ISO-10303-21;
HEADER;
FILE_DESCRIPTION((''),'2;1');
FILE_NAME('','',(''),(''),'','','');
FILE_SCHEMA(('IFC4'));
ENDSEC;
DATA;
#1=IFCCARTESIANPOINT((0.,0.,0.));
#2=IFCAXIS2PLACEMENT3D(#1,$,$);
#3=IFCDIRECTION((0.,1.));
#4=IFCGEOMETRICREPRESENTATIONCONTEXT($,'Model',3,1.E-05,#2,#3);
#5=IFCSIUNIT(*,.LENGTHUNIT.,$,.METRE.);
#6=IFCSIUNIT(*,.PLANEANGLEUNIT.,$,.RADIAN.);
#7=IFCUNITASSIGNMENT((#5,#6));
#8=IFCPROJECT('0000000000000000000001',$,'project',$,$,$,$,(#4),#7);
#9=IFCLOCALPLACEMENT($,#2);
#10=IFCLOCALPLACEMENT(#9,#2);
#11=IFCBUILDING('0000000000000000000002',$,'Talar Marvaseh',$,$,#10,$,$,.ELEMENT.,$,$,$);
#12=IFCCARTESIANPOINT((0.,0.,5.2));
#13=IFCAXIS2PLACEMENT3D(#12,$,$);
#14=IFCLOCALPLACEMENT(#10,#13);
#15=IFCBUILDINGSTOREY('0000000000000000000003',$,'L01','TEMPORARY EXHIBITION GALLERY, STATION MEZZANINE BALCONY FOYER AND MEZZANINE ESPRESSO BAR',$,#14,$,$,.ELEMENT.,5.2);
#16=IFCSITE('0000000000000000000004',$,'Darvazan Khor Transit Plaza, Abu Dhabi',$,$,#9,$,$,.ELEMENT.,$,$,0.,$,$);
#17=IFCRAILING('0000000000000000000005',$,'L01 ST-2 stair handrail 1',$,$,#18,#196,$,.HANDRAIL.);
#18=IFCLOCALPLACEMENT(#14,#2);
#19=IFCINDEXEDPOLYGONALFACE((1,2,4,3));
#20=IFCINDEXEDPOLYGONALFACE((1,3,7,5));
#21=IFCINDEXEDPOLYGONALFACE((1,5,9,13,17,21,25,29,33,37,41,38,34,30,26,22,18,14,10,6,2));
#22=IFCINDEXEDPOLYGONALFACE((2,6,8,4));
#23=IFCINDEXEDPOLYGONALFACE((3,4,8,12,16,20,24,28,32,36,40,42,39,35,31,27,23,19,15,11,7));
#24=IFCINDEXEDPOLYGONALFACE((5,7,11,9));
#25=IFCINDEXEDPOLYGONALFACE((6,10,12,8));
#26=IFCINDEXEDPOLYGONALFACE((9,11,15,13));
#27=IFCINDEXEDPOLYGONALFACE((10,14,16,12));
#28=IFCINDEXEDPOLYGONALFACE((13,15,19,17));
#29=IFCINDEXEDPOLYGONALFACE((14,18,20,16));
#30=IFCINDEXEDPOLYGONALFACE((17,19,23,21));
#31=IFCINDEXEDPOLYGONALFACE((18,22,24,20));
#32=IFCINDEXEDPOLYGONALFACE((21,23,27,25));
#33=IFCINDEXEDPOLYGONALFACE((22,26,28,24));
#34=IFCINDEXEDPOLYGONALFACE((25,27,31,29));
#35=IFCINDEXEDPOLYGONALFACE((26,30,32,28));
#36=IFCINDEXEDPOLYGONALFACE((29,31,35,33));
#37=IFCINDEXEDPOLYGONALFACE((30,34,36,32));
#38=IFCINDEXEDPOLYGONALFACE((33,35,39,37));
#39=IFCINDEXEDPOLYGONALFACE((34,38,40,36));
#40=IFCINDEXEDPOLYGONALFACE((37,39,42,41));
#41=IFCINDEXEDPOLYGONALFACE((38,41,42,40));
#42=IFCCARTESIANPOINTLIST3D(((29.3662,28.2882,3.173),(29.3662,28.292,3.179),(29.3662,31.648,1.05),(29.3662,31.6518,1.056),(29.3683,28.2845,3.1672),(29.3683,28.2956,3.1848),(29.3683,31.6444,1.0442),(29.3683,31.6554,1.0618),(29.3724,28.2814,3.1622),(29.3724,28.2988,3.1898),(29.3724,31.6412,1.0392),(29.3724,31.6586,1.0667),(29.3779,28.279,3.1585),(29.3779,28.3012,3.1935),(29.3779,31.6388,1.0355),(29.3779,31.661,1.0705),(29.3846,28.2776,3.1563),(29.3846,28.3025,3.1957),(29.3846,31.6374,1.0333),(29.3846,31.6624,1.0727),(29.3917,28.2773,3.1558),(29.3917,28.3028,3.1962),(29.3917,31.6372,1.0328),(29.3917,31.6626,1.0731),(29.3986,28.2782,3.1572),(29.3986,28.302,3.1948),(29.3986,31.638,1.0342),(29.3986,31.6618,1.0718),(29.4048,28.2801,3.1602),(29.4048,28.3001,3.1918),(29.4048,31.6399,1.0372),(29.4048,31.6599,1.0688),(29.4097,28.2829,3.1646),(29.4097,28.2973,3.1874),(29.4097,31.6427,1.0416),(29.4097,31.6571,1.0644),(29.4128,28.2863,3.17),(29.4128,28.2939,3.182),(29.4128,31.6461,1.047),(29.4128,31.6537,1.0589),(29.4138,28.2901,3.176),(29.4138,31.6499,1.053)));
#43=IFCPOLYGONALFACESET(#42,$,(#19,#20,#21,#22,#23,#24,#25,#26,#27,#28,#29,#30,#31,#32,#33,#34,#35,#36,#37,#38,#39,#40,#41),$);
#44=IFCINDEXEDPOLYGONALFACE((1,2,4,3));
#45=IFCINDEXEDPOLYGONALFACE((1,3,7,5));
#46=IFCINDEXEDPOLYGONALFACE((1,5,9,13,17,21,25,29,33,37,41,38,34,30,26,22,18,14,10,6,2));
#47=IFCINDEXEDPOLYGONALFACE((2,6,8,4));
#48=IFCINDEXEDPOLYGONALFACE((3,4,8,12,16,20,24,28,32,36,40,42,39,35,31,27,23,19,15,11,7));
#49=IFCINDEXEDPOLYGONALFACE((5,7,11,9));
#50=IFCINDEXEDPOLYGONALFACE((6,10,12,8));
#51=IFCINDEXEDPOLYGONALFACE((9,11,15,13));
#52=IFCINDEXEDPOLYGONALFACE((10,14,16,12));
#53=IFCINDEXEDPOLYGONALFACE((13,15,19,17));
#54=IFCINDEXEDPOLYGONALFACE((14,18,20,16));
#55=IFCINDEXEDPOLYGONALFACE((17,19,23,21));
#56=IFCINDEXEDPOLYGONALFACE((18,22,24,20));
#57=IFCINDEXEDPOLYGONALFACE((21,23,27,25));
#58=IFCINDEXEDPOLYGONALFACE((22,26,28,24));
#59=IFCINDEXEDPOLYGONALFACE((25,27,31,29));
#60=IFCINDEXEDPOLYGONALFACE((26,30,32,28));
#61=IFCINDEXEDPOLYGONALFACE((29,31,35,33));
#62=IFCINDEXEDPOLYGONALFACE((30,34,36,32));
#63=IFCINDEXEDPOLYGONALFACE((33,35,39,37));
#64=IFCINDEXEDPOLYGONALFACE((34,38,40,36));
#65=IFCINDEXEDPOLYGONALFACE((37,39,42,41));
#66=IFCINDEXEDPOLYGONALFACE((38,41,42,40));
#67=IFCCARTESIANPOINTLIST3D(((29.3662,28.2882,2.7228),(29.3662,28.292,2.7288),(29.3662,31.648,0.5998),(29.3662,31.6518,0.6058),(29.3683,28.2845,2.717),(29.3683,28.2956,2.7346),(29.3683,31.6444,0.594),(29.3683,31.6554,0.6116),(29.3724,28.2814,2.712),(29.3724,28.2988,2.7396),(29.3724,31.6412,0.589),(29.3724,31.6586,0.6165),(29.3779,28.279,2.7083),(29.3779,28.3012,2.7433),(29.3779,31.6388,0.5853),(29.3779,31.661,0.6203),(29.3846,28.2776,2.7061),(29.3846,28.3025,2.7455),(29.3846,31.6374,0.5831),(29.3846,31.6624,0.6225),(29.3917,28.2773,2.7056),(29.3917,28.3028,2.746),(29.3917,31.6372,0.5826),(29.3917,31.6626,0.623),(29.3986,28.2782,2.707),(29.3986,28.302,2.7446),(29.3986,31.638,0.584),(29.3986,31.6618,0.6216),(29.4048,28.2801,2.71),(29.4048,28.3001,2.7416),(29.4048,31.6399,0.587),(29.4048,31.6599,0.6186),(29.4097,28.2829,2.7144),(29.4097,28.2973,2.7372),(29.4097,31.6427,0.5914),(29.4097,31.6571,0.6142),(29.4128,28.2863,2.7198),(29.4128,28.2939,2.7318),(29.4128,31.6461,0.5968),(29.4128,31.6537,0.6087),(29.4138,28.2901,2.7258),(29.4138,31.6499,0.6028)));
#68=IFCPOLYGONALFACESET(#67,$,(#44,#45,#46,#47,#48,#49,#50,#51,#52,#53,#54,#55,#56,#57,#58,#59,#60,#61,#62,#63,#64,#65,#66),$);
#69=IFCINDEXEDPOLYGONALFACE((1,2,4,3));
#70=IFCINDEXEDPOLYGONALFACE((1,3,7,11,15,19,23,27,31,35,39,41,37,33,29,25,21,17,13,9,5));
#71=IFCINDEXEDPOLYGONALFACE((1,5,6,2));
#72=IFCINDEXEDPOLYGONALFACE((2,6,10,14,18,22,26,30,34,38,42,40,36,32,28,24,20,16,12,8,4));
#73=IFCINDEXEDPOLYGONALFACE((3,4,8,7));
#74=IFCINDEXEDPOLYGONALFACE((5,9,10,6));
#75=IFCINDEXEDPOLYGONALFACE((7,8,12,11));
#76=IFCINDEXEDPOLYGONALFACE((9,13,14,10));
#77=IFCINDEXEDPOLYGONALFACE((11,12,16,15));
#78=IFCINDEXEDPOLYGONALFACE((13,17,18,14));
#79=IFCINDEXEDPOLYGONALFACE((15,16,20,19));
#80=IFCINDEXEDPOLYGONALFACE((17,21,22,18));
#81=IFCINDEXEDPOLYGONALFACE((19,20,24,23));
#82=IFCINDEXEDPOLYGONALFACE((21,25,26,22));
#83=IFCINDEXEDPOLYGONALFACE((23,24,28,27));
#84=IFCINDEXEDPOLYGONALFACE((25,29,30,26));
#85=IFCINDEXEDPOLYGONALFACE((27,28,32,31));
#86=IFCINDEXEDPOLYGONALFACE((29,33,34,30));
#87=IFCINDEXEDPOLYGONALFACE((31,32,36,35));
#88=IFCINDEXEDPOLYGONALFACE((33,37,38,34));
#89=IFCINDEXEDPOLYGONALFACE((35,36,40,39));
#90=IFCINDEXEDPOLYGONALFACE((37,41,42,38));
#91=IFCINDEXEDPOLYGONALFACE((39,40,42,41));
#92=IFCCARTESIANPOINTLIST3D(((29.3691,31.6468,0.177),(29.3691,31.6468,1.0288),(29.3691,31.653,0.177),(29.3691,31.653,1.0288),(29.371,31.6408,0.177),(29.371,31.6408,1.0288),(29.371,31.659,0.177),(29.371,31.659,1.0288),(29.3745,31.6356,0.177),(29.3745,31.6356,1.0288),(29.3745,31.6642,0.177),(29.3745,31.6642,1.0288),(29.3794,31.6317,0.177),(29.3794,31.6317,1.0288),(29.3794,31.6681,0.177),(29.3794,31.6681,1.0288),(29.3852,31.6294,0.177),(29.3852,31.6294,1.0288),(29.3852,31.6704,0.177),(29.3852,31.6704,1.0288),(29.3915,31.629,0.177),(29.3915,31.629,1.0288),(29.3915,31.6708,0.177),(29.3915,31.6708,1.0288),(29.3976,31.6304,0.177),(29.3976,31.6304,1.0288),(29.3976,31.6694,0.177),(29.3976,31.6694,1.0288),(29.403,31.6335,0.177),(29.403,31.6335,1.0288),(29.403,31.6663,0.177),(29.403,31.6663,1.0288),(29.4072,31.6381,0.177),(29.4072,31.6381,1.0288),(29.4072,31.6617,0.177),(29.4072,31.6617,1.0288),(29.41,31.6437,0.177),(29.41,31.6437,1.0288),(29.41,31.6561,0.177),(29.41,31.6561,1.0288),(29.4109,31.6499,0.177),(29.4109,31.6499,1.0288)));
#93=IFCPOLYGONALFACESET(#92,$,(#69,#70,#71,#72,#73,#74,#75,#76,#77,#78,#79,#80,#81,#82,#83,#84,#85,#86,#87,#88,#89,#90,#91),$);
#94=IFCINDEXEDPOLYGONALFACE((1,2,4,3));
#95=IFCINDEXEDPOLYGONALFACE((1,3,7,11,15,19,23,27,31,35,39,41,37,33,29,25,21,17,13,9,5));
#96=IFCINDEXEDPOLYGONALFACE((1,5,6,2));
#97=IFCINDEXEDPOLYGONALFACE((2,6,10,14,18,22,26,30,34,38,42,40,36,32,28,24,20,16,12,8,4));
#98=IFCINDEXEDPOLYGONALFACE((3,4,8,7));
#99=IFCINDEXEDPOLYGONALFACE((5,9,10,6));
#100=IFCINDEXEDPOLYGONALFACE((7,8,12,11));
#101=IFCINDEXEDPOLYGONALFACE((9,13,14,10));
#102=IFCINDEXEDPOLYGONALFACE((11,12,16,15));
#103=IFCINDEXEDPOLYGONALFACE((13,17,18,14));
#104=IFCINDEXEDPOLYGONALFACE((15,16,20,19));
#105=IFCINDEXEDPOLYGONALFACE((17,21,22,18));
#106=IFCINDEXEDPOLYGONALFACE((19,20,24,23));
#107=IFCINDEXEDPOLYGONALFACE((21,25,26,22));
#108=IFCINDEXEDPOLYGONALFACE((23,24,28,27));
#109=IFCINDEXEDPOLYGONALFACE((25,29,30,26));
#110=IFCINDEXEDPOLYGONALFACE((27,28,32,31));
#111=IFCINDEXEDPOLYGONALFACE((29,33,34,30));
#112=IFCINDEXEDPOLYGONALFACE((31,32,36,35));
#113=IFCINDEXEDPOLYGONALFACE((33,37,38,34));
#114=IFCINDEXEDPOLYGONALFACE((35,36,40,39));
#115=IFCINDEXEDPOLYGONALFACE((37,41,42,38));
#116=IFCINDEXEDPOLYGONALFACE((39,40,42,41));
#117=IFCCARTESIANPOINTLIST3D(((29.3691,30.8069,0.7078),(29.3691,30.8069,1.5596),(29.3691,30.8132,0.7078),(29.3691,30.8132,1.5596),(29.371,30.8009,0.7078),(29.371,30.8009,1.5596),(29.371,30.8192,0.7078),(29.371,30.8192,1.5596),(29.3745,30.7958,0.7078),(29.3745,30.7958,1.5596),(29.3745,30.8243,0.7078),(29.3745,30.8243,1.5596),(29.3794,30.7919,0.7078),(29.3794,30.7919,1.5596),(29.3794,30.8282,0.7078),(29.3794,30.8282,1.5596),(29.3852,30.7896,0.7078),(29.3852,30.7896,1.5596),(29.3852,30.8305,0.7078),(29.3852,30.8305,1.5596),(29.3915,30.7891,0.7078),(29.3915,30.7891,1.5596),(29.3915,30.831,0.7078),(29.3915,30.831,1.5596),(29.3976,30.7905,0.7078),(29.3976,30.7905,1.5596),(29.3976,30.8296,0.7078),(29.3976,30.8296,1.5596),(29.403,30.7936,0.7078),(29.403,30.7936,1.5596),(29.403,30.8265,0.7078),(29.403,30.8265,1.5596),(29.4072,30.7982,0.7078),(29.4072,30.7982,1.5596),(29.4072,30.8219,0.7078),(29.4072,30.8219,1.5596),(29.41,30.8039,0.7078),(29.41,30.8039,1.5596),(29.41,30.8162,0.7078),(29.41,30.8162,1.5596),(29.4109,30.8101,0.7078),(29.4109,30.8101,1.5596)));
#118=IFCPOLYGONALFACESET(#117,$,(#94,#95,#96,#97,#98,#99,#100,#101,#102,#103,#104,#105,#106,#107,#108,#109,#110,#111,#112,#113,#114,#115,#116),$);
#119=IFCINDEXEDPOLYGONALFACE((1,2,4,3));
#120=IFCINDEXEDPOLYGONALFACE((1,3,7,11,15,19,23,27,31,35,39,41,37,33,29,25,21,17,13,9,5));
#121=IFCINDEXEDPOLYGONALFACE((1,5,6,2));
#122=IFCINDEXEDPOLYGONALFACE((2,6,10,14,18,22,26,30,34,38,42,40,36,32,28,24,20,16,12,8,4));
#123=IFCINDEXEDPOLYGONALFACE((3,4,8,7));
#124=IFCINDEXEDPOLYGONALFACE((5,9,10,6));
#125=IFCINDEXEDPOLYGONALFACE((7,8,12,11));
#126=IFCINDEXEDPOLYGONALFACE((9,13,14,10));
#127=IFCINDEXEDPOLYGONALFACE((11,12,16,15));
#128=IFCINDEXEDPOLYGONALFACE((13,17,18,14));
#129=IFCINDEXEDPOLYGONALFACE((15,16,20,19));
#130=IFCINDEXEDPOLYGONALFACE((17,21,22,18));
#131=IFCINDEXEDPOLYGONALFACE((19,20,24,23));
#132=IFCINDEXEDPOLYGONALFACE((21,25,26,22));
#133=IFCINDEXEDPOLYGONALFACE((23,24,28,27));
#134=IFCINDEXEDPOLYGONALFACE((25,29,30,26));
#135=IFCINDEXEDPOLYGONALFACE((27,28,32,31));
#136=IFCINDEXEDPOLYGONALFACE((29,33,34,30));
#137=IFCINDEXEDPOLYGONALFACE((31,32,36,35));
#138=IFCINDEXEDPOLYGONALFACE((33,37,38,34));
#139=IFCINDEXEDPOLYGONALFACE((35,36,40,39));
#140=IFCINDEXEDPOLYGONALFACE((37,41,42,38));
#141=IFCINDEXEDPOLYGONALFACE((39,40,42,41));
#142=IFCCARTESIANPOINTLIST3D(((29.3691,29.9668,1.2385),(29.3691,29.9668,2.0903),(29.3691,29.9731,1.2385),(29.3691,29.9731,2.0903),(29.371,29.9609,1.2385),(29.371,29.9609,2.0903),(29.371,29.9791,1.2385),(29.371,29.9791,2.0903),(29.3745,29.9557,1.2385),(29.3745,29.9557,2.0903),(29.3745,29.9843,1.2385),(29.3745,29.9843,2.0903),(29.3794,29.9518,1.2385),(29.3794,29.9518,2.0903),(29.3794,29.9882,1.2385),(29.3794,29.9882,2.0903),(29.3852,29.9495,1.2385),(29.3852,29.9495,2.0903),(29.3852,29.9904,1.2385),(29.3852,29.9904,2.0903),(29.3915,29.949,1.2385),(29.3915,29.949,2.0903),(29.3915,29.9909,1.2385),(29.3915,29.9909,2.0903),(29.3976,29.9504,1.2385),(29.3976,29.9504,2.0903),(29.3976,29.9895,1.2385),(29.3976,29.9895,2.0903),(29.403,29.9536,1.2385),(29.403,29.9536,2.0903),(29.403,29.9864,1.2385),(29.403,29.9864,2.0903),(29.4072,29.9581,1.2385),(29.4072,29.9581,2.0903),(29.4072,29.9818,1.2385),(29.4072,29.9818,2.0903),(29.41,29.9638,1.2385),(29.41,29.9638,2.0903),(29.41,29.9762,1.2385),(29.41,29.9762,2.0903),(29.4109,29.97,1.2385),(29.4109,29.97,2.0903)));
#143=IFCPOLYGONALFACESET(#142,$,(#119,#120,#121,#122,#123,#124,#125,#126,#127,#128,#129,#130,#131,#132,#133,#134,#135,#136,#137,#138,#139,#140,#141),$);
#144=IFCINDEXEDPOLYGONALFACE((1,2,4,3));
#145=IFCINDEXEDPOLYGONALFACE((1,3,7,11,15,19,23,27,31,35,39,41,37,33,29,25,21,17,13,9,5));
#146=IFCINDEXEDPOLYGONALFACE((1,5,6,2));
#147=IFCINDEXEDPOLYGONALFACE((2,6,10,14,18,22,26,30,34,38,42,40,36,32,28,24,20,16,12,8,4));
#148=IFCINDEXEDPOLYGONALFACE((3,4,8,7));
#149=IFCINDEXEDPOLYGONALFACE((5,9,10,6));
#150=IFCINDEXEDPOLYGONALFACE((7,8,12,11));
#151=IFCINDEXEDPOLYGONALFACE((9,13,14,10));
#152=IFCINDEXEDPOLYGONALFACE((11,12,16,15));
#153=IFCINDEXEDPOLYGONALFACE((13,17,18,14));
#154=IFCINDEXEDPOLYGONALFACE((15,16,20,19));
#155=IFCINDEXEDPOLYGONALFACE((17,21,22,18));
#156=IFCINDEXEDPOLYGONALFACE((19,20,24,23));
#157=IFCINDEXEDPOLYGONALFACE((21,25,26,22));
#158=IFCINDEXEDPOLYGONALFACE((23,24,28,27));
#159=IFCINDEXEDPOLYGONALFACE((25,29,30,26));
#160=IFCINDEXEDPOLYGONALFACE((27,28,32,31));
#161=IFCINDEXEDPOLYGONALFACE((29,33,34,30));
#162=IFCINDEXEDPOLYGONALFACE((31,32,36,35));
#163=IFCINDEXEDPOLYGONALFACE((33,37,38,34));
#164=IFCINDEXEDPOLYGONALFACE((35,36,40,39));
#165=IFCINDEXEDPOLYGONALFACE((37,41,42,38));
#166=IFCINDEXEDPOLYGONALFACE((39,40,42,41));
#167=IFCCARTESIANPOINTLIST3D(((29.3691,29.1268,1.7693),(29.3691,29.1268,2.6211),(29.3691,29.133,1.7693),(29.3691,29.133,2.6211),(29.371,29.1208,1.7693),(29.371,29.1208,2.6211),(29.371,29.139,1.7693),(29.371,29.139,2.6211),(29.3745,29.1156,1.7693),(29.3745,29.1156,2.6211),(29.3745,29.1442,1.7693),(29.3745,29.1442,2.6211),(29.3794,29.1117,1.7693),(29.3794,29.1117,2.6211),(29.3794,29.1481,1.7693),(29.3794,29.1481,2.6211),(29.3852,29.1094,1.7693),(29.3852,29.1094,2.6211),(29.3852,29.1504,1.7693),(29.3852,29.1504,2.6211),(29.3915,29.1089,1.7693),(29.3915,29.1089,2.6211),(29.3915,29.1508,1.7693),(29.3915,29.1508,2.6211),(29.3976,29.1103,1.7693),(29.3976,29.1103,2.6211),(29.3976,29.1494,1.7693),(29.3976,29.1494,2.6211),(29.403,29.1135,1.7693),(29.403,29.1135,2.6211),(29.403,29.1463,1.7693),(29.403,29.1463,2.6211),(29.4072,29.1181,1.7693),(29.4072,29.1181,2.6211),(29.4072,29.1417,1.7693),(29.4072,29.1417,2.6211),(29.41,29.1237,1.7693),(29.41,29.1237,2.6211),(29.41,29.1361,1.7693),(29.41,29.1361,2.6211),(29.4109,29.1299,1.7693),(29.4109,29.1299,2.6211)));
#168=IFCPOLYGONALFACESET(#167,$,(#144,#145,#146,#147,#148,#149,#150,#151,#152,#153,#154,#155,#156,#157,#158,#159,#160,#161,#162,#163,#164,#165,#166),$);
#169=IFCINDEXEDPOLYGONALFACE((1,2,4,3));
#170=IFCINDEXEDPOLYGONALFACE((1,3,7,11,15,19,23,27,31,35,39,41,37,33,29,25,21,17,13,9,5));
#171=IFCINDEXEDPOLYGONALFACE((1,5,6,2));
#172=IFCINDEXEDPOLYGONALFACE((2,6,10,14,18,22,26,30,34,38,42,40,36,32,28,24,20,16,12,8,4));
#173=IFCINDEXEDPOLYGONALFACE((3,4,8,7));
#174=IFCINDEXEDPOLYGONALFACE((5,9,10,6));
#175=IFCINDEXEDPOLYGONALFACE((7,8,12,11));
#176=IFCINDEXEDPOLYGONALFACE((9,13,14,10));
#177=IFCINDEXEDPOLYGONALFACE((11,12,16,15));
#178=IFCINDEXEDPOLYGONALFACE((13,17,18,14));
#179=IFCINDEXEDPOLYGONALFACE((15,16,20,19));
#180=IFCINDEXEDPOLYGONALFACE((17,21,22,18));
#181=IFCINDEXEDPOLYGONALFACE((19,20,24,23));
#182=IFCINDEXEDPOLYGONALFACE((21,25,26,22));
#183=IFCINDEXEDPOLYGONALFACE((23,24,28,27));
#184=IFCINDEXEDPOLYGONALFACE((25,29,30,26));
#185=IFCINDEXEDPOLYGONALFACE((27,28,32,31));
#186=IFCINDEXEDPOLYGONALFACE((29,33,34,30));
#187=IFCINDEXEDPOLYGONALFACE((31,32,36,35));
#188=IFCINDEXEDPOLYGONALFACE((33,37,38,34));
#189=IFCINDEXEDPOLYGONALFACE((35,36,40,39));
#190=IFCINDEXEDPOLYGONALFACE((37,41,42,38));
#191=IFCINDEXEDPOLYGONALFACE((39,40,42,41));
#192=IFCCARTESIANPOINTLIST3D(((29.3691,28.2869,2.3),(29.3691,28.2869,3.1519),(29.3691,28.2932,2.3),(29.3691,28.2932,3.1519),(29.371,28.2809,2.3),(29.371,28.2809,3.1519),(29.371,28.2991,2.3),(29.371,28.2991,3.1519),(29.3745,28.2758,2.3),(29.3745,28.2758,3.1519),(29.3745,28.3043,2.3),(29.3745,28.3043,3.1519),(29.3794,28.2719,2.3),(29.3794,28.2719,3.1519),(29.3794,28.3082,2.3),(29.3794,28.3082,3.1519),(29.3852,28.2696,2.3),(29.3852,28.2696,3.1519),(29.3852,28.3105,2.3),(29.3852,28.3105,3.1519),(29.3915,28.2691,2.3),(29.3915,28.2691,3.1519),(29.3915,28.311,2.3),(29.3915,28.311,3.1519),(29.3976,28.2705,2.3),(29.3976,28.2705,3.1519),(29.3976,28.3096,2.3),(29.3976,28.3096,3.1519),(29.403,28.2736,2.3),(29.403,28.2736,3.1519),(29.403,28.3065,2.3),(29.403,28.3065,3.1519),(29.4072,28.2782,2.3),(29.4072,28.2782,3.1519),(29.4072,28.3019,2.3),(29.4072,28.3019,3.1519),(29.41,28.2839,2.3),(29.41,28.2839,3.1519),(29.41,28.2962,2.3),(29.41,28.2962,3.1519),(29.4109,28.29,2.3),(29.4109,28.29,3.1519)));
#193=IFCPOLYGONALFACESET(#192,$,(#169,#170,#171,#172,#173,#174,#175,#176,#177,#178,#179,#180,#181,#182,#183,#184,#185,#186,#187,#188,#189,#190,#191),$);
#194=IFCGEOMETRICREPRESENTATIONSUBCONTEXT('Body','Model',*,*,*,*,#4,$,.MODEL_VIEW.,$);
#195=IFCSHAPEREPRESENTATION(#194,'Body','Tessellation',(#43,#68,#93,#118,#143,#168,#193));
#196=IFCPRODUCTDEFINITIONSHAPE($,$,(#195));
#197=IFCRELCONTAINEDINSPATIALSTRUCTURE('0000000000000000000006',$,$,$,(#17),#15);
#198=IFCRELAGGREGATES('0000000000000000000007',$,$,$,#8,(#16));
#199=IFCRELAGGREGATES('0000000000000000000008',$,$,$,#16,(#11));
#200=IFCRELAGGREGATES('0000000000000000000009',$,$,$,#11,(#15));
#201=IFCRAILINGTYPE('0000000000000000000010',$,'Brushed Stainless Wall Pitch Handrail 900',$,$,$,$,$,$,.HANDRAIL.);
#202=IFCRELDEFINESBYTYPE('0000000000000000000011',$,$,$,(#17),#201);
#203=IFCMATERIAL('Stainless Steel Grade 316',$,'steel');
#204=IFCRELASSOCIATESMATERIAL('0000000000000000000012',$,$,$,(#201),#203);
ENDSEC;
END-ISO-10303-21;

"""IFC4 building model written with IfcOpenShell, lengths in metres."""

from ifc_helpers import new_model, si_unit, direction, frame, origin, origin_2d, place, context, subcontext, project, spatial, circle, extrude, material, type_object, element, save


model = new_model("IFC4")

# Units and contexts
model_context = context("Model", 3, precision=1e-05, world=origin(), true_north=direction((0.0, 1.0)))
body_context = subcontext(model_context, "Body", "Model", "MODEL_VIEW")
ifc_project = project(units=[si_unit("LENGTHUNIT", "METRE"), si_unit("PLANEANGLEUNIT", "RADIAN")], contexts=[model_context])

# Site, building, storey
site_placement = place(None, origin())
site = spatial("IfcSite", under=ifc_project, at=site_placement, Name="Darvazan Khor Transit Plaza, Abu Dhabi", CompositionType="ELEMENT", RefElevation=0.0)
building_placement = place(site_placement, origin())
building = spatial("IfcBuilding", under=site, at=building_placement, Name="Talar Marvaseh", CompositionType="ELEMENT")
storey_placement = place(building_placement, frame((0.0, 0.0, 5.2)))
storey = spatial("IfcBuildingStorey", under=building, at=storey_placement, Name="L01", Description="TEMPORARY EXHIBITION GALLERY, STATION MEZZANINE BALCONY FOYER AND MEZZANINE ESPRESSO BAR", CompositionType="ELEMENT", Elevation=5.2)

# Shared definitions
ifc_material_1 = material(Name="Stainless Steel Grade 316", Category="steel")

# Railing
railing_type_1 = type_object("IfcRailingType", Name="Brushed Stainless Wall Pitch Handrail 900", PredefinedType="HANDRAIL", material=ifc_material_1)
railing_1_placement = place(storey_placement, frame((29.3899, 31.6499, 0.177)))
element("IfcRailing", 1, at=railing_1_placement, inside=storey, type_object=railing_type_1, Name="L01 ST-2 stair handrail 1", PredefinedType="HANDRAIL", context=body_context, shape_type="SweptSolid", body=[
    extrude(circle(Radius=0.0239, at=origin_2d()), frame((0.0, 0.0, 0.876), z_axis=(0.0, -0.845372, 0.534178), x_axis=(1.0, 0.0, 0.0)), (0.0, 0.0, 1.0), 3.9744),
    extrude(circle(Radius=0.0239, at=origin_2d()), frame((0.0, 0.0, 0.4258), z_axis=(0.0, -0.845372, 0.534178), x_axis=(1.0, 0.0, 0.0)), (0.0, 0.0, 1.0), 3.9744),
    extrude(circle(Radius=0.021, at=origin_2d()), origin(), (0.0, 0.0, 1.0), 0.8518),
    extrude(circle(Radius=0.021, at=origin_2d()), frame((0.0, -0.8398, 0.5308)), (0.0, 0.0, 1.0), 0.8518),
    extrude(circle(Radius=0.021, at=origin_2d()), frame((0.0, -1.6799, 1.0615)), (0.0, 0.0, 1.0), 0.8518),
    extrude(circle(Radius=0.021, at=origin_2d()), frame((0.0, -2.52, 1.5923)), (0.0, 0.0, 1.0), 0.8518),
    extrude(circle(Radius=0.021, at=origin_2d()), frame((0.0, -3.3599, 2.123)), (0.0, 0.0, 1.0), 0.8518),
])

save(model, "model.ifc")
